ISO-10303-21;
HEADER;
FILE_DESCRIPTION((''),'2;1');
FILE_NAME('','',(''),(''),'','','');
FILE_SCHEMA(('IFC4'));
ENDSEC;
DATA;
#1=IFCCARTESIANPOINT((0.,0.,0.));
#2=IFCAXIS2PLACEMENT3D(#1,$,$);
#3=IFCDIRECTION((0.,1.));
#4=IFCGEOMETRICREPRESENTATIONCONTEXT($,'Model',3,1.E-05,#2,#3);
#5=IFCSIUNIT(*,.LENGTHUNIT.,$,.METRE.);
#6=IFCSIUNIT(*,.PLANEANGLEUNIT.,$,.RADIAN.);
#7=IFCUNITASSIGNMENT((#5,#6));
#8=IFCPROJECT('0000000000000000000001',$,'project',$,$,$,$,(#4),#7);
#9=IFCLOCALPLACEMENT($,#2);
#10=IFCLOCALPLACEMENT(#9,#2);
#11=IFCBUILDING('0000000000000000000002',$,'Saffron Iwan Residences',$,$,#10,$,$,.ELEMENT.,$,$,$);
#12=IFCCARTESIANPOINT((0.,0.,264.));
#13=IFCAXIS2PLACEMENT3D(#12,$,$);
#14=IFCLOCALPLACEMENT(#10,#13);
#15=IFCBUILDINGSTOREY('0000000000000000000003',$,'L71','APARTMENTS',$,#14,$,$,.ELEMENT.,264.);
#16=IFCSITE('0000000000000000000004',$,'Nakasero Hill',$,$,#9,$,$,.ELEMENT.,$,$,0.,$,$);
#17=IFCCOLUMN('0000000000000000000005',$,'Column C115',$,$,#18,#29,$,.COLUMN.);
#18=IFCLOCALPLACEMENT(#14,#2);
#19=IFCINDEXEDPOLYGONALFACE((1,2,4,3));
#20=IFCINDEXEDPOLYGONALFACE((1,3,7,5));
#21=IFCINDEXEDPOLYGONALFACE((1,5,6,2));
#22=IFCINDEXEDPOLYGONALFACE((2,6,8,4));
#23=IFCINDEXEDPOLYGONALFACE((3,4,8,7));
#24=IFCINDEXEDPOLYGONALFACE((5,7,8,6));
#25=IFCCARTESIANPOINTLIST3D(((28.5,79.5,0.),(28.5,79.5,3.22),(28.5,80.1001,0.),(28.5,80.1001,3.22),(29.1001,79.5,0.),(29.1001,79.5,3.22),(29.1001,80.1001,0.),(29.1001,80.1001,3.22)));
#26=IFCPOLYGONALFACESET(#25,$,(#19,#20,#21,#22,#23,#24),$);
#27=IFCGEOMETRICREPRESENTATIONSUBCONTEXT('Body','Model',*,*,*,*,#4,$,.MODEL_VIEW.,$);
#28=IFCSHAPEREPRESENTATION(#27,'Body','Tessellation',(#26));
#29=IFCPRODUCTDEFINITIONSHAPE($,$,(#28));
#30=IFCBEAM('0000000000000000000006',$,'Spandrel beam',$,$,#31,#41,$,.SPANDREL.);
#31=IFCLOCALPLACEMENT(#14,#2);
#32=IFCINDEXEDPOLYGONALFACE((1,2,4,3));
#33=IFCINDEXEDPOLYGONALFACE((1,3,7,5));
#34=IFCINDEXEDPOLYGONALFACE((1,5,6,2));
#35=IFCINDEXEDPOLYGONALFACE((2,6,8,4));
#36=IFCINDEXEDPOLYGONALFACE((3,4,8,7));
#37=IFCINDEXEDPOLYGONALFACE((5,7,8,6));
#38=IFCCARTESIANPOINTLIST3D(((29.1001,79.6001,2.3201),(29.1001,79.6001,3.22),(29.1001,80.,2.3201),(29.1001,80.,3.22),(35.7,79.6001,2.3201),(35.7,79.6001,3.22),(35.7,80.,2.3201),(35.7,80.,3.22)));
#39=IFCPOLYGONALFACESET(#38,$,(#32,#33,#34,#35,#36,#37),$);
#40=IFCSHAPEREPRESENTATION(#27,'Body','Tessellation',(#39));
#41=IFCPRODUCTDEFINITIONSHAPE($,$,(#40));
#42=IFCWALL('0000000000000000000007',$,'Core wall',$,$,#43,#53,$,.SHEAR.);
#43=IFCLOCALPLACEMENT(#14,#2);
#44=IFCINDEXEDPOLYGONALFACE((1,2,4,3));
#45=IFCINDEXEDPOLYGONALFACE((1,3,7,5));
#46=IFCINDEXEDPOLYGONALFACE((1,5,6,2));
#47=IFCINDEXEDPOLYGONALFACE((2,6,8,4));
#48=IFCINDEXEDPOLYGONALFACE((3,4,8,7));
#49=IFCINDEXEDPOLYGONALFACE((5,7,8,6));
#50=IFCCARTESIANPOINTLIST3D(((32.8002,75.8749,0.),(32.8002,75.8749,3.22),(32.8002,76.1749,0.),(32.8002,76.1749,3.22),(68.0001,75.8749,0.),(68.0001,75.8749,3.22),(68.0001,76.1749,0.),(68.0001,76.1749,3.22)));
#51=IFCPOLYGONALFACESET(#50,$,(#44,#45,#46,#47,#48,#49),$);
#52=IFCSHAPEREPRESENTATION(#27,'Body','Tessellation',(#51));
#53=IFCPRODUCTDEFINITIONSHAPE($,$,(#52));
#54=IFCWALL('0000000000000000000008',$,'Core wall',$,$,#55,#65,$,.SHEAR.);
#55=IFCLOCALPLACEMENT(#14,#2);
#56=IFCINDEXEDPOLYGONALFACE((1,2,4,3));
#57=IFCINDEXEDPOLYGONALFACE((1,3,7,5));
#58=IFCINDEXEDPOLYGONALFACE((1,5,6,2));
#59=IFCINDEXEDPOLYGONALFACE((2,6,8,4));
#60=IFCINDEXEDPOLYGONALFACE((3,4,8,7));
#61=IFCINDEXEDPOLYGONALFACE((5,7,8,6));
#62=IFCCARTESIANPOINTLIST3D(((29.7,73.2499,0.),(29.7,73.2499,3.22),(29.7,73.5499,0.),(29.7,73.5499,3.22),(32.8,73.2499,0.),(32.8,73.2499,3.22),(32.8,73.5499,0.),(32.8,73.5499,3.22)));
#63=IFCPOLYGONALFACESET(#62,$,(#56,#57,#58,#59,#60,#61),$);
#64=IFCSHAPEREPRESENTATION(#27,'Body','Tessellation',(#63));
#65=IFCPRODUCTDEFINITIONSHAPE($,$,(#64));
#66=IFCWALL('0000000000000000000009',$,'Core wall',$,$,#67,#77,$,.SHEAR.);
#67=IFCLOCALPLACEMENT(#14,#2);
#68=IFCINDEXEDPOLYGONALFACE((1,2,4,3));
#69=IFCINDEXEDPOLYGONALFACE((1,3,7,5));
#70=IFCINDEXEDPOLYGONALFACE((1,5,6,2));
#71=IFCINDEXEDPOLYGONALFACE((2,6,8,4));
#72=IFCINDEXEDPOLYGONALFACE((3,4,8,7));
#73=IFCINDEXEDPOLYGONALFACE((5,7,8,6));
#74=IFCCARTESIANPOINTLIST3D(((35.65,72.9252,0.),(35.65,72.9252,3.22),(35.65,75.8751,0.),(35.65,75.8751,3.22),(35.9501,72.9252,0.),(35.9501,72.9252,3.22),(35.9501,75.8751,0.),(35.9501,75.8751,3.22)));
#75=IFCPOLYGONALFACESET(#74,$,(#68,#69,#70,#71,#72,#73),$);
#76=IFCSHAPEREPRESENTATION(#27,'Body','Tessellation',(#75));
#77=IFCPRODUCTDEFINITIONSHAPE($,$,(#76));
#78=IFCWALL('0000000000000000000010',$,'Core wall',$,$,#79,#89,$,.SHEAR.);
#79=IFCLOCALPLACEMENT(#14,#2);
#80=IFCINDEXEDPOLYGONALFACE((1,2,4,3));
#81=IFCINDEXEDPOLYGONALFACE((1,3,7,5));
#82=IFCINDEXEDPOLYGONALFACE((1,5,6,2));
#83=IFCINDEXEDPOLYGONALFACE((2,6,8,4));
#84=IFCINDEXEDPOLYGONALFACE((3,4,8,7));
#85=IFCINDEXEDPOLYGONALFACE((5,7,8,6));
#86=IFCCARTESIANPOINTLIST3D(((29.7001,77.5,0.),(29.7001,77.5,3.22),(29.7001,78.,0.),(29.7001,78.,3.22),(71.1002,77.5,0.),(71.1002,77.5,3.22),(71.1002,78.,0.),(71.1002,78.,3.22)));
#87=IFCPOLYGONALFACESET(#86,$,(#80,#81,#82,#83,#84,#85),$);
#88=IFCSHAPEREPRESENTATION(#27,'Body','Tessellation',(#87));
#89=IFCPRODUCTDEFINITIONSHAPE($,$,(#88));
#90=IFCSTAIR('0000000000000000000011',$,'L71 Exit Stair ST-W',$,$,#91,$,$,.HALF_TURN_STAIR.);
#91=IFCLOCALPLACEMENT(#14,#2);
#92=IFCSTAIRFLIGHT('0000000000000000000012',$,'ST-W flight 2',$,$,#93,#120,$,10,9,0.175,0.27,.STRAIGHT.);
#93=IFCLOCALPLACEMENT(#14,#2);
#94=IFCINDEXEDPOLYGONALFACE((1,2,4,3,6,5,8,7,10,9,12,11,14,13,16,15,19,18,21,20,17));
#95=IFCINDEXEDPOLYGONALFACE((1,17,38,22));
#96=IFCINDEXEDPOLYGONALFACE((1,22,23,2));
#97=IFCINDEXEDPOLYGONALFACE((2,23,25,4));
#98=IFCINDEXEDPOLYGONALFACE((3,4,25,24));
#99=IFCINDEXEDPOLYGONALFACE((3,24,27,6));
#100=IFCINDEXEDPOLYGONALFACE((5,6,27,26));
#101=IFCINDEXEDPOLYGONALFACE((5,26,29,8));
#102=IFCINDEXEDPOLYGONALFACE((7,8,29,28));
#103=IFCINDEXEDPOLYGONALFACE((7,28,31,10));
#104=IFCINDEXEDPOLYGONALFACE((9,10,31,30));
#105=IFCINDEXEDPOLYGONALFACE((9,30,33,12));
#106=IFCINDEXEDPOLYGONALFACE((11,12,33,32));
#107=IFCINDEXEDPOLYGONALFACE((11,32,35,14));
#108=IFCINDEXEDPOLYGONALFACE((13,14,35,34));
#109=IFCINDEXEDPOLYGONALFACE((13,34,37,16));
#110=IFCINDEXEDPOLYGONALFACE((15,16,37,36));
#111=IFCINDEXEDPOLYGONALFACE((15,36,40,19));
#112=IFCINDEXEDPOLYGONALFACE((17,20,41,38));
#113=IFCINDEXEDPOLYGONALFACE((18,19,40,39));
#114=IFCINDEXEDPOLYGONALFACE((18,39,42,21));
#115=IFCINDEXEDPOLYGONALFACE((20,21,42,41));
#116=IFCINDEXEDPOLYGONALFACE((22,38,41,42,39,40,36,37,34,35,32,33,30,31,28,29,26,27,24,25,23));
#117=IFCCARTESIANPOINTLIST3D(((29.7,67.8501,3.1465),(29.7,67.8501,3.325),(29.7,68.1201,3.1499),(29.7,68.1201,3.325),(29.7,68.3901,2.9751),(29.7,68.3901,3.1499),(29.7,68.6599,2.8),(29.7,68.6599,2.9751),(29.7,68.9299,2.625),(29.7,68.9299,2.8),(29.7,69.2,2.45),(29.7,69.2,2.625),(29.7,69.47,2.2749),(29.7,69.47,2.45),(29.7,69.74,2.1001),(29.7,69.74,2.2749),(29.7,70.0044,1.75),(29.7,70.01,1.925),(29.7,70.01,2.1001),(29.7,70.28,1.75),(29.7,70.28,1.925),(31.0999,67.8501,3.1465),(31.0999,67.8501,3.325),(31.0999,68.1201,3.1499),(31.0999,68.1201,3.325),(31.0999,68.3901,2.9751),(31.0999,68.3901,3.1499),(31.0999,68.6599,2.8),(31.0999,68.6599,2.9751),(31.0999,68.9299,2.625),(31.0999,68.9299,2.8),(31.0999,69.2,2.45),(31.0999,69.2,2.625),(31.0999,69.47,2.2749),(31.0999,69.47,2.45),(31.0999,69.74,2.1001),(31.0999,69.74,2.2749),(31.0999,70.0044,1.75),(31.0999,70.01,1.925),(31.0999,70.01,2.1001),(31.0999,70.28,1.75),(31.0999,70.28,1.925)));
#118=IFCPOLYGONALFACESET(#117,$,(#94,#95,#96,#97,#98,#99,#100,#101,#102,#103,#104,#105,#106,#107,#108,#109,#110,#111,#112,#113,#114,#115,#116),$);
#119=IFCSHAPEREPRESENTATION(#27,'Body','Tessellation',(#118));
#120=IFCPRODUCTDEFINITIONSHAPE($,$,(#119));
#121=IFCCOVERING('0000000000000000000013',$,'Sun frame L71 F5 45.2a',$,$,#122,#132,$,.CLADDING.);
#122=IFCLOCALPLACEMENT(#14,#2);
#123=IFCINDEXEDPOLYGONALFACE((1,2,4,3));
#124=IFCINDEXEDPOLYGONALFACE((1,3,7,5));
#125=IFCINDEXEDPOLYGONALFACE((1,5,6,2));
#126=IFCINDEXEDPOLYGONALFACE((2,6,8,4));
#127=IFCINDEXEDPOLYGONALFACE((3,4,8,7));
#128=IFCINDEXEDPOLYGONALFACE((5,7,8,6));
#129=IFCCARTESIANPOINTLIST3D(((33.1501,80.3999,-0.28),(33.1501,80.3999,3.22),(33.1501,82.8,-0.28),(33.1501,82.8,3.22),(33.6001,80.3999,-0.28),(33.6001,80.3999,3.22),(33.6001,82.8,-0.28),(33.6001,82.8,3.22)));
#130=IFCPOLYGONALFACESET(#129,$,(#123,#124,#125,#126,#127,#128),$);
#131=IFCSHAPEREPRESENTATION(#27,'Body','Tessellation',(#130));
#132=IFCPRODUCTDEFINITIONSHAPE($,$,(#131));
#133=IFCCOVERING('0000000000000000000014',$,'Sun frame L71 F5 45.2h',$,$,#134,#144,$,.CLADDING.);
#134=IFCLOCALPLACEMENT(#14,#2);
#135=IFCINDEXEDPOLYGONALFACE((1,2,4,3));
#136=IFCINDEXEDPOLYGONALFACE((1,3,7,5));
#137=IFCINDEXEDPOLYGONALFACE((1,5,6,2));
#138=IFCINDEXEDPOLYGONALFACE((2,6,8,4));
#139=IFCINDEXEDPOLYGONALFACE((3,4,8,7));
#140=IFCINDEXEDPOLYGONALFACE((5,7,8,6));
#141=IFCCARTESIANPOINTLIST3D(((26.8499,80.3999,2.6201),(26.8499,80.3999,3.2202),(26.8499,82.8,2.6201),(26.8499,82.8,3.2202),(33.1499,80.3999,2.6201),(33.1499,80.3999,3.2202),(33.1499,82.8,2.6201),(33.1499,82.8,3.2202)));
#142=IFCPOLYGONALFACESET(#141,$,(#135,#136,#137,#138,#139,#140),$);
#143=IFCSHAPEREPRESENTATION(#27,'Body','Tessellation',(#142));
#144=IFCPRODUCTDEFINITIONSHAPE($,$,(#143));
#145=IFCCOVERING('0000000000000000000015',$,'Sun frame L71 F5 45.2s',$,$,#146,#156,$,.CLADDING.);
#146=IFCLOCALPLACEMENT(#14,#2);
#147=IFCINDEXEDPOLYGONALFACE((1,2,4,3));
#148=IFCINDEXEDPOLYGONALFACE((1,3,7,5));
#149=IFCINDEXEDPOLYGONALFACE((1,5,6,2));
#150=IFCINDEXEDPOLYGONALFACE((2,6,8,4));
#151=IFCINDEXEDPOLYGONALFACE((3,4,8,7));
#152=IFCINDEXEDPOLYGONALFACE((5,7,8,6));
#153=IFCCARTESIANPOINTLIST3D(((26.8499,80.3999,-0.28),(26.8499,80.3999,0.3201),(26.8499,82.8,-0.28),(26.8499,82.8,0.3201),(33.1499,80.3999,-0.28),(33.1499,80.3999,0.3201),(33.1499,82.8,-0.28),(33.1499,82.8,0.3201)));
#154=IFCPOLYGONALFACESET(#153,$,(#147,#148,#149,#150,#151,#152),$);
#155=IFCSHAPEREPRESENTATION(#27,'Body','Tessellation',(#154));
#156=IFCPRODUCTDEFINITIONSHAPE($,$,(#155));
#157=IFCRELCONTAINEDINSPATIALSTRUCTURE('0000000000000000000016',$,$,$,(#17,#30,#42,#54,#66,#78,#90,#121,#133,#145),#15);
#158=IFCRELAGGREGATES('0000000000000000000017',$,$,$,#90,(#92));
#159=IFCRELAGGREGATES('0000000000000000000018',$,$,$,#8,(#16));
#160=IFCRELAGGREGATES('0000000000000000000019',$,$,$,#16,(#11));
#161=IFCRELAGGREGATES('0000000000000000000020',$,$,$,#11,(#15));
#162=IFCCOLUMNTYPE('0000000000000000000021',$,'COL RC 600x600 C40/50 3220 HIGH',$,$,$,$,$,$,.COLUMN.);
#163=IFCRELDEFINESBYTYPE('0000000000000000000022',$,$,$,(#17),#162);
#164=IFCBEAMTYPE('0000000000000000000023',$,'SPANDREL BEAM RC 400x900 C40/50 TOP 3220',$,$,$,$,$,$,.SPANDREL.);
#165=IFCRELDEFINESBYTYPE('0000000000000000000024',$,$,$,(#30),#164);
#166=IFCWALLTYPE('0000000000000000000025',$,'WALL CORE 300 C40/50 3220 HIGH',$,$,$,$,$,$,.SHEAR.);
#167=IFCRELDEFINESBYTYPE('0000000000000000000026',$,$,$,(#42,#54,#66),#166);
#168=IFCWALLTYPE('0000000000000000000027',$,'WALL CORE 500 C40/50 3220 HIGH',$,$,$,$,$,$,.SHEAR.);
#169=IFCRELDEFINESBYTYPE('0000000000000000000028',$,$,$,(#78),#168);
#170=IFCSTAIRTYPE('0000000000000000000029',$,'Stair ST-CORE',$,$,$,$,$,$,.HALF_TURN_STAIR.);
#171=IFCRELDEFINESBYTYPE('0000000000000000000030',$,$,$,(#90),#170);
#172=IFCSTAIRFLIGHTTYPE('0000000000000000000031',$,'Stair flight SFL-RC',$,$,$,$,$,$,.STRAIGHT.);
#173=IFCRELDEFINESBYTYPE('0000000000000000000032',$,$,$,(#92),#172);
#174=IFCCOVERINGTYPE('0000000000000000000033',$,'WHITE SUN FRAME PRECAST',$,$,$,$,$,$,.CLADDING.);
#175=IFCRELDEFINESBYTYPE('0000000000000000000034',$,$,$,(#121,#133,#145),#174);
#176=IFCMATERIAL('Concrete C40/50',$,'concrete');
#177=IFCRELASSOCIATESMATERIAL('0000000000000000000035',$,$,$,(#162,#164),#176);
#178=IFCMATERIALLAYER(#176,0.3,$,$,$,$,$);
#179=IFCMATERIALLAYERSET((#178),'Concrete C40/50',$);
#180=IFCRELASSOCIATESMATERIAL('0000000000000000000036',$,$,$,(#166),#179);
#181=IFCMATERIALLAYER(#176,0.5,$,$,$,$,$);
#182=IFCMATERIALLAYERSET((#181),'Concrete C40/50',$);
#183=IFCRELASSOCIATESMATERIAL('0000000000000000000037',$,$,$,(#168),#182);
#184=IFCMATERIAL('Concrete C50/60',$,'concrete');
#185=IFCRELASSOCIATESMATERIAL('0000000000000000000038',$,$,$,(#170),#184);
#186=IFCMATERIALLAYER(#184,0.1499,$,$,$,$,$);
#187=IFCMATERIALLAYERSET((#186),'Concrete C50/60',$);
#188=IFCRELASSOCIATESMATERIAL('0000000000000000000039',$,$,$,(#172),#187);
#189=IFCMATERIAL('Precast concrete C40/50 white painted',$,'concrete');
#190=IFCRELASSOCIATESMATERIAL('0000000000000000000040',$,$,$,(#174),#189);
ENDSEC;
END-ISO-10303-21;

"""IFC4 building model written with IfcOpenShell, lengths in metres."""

from ifc_helpers import new_model, si_unit, direction, frame, frame_2d, origin, origin_2d, place, context, subcontext, project, spatial, polyline, rectangle, outline, extrude, source, transform, mapped, material, layer, layer_set, material_profile, profile_set, type_object, element, aggregate, save


model = new_model("IFC4")

# Units and contexts
model_context = context("Model", 3, precision=1e-05, world=origin(), true_north=direction((0.0, 1.0)))
body_context = subcontext(model_context, "Body", "Model", "MODEL_VIEW")
ifc_project = project(units=[si_unit("LENGTHUNIT", "METRE"), si_unit("PLANEANGLEUNIT", "RADIAN")], contexts=[model_context])

# Site, building, storey
site_placement = place(None, origin())
site = spatial("IfcSite", under=ifc_project, at=site_placement, Name="Nakasero Hill", CompositionType="ELEMENT", RefElevation=0.0)
building_placement = place(site_placement, origin())
building = spatial("IfcBuilding", under=site, at=building_placement, Name="Saffron Iwan Residences", CompositionType="ELEMENT")
storey_placement = place(building_placement, frame((0.0, 0.0, 264.0)))
storey = spatial("IfcBuildingStorey", under=building, at=storey_placement, Name="L71", Description="APARTMENTS", CompositionType="ELEMENT", Elevation=264.0)

# Column
ifc_material_1 = material(Name="Concrete C40/50", Category="concrete")
ifc_material_profile_1 = material_profile(ifc_material_1, rectangle(XDim=0.6001, YDim=0.6001, at=origin_2d()), Name="RC 600x600")
ifc_profile_set_1 = profile_set([ifc_material_profile_1], Name="Concrete C40/50")
column_type = type_object("IfcColumnType", Name="COL RC 600x600 C40/50 3220 HIGH", PredefinedType="COLUMN", material=ifc_profile_set_1)
shared_shape_1 = source(origin(), body_context, "Body", "SweptSolid", [
    extrude(rectangle(XDim=0.6001, YDim=0.6001, at=origin_2d()), origin(), (0.0, 0.0, 1.0), 3.22),
])
column_placement = place(storey_placement, frame((28.8, 79.8, 0.0), z_axis=(0.0, 0.0, 1.0), x_axis=(1.0, 0.0, 0.0)))
element("IfcColumn", 1, at=column_placement, inside=storey, type_object=column_type, Name="Column C115", PredefinedType="COLUMN", context=body_context, shape_type="MappedRepresentation", body=[
    mapped(shared_shape_1, transform((0.0, 0.0, 0.0))),
])

# Beam
ifc_material_profile_2 = material_profile(ifc_material_1, rectangle(XDim=0.3999, YDim=0.8999, at=origin_2d()), Name="RC 400x900")
ifc_profile_set_2 = profile_set([ifc_material_profile_2], Name="Concrete C40/50")
beam_type = type_object("IfcBeamType", Name="SPANDREL BEAM RC 400x900 C40/50 TOP 3220", PredefinedType="SPANDREL", material=ifc_profile_set_2)
shared_shape_2 = source(origin(), body_context, "Body", "SweptSolid", [
    extrude(rectangle(XDim=0.3999, YDim=0.8999, at=origin_2d()), origin(), (0.0, 0.0, 1.0), 6.5999),
])
beam_placement = place(storey_placement, frame((29.1001, 79.8, 2.77), z_axis=(1.0, 0.0, 0.0), x_axis=(0.0, 1.0, 0.0)))
element("IfcBeam", 2, at=beam_placement, inside=storey, type_object=beam_type, Name="Spandrel beam", PredefinedType="SPANDREL", context=body_context, shape_type="MappedRepresentation", body=[
    mapped(shared_shape_2, transform((0.0, 0.0, 0.0))),
])

# Shared definitions
ifc_layer_1 = layer(ifc_material_1, 0.3)
ifc_layer_set_1 = layer_set([ifc_layer_1], Name="Concrete C40/50")
wall_type_1 = type_object("IfcWallType", Name="WALL CORE 300 C40/50 3220 HIGH", PredefinedType="SHEAR", material=ifc_layer_set_1)

# Walls
wall_1_placement = place(storey_placement, frame((32.8, 76.0249, 0.0), z_axis=(0.0, 0.0, 1.0), x_axis=(1.0, 0.0, 0.0)))
element("IfcWall", 3, at=wall_1_placement, inside=storey, type_object=wall_type_1, Name="Core wall", PredefinedType="SHEAR", context=body_context, shape_type="SweptSolid", body=[
    extrude(rectangle(XDim=35.2, YDim=0.3, at=frame_2d((17.6001, 0.0))), origin(), (0.0, 0.0, 1.0), 3.22),
])
wall_2_placement = place(storey_placement, frame((29.7, 73.3999, 0.0), z_axis=(0.0, 0.0, 1.0), x_axis=(1.0, 0.0, 0.0)))
element("IfcWall", 4, at=wall_2_placement, inside=storey, type_object=wall_type_1, Name="Core wall", PredefinedType="SHEAR", context=body_context, shape_type="SweptSolid", body=[
    extrude(rectangle(XDim=3.1001, YDim=0.3, at=frame_2d((1.55, 0.0))), origin(), (0.0, 0.0, 1.0), 3.22),
])
wall_3_placement = place(storey_placement, frame((35.8, 72.925, 0.0), z_axis=(0.0, 0.0, 1.0), x_axis=(0.0, 1.0, 0.0)))
element("IfcWall", 5, at=wall_3_placement, inside=storey, type_object=wall_type_1, Name="Core wall", PredefinedType="SHEAR", context=body_context, shape_type="SweptSolid", body=[
    extrude(rectangle(XDim=2.95, YDim=0.3, at=frame_2d((1.4751, 0.0))), origin(), (0.0, 0.0, 1.0), 3.22),
])
ifc_layer_2 = layer(ifc_material_1, 0.5)
ifc_layer_set_2 = layer_set([ifc_layer_2], Name="Concrete C40/50")
wall_type_2 = type_object("IfcWallType", Name="WALL CORE 500 C40/50 3220 HIGH", PredefinedType="SHEAR", material=ifc_layer_set_2)
wall_4_placement = place(storey_placement, frame((29.7, 77.75, 0.0), z_axis=(0.0, 0.0, 1.0), x_axis=(1.0, 0.0, 0.0)))
element("IfcWall", 6, at=wall_4_placement, inside=storey, type_object=wall_type_2, Name="Core wall", PredefinedType="SHEAR", context=body_context, shape_type="SweptSolid", body=[
    extrude(rectangle(XDim=41.4001, YDim=0.5, at=frame_2d((20.7002, 0.0))), origin(), (0.0, 0.0, 1.0), 3.22),
])

# Stair, stair flight
ifc_material_2 = material(Name="Concrete C50/60", Category="concrete")
stair_type = type_object("IfcStairType", Name="Stair ST-CORE", PredefinedType="HALF_TURN_STAIR", material=ifc_material_2)
stair_placement = place(storey_placement, origin())
stair = element("IfcStair", 7, at=stair_placement, inside=storey, type_object=stair_type, Name="L71 Exit Stair ST-W", PredefinedType="HALF_TURN_STAIR")
ifc_layer_3 = layer(ifc_material_2, 0.1499)
ifc_layer_set_3 = layer_set([ifc_layer_3], Name="Concrete C50/60")
stair_flight_type = type_object("IfcStairFlightType", Name="Stair flight SFL-RC", PredefinedType="STRAIGHT", material=ifc_layer_set_3)
stair_flight_placement = place(storey_placement, frame((30.3999, 70.28, 1.75), z_axis=(0.0, 0.0, 1.0), x_axis=(0.0, -1.0, 0.0)))
stair_flight = element("IfcStairFlight", 8, at=stair_flight_placement, type_object=stair_flight_type, Name="ST-W flight 2", NumberOfRisers=10, NumberOfTreads=9, PredefinedType="STRAIGHT", RiserHeight=0.175, TreadLength=0.27, context=body_context, shape_type="SweptSolid", body=[
    extrude(outline(polyline([(0.0, 0.0), (0.0, 0.175), (0.27, 0.175), (0.27, 0.3501), (0.54, 0.3501), (0.54, 0.5249), (0.8101, 0.5249), (0.8101, 0.7), (1.0801, 0.7), (1.0801, 0.875), (1.3501, 0.875), (1.3501, 1.05), (1.6201, 1.05), (1.6201, 1.2251), (1.8899, 1.2251), (1.8899, 1.3999), (2.1599, 1.3999), (2.1599, 1.575), (2.4299, 1.575), (2.4299, 1.75), (2.4299, 1.3965), (0.2756, 0.0), (0.0, 0.0)])), frame((0.0, 0.7, 0.0), z_axis=(0.0, -1.0, 0.0), x_axis=(1.0, 0.0, 0.0)), (0.0, 0.0, 1.0), 1.3999),
])
aggregate(stair, [stair_flight])

# Coverings
ifc_material_3 = material(Name="Precast concrete C40/50 white painted", Category="concrete")
covering_type = type_object("IfcCoveringType", Name="WHITE SUN FRAME PRECAST", PredefinedType="CLADDING", material=ifc_material_3)
covering_placement = place(storey_placement, frame((33.6001, 80.3999, -0.28), z_axis=(0.0, 1.0, 0.0), x_axis=(-1.0, 0.0, 0.0)))
element("IfcCovering", 9, at=covering_placement, inside=storey, type_object=covering_type, Name="Sun frame L71 F5 45.2a", PredefinedType="CLADDING", context=body_context, shape_type="SweptSolid", body=[
    extrude(outline(polyline([(0.0, 0.0), (0.45, 0.0), (0.45, 3.5), (0.0, 3.5), (0.0, 0.0)])), origin(), (0.0, 0.0, 1.0), 2.4001),
])
for number, where, z_axis, x_axis, name in (
    (10, (33.1499, 80.3999, 2.6201), (0.0, 1.0, 0.0), (-1.0, 0.0, 0.0), "Sun frame L71 F5 45.2h"),
    (11, (33.1499, 80.3999, -0.28), (0.0, 1.0, 0.0), (-1.0, 0.0, 0.0), "Sun frame L71 F5 45.2s"),
):
    element("IfcCovering", number, at=place(storey_placement, frame(where, z_axis=z_axis, x_axis=x_axis)), inside=storey, type_object=covering_type, Name=name, PredefinedType="CLADDING", context=body_context, shape_type="SweptSolid", body=[
        extrude(outline(polyline([(0.0, 0.0), (6.3, 0.0), (6.3, 0.6001), (0.0, 0.6001), (0.0, 0.0)])), origin(), (0.0, 0.0, 1.0), 2.4001),
    ])

save(model, "model.ifc")
